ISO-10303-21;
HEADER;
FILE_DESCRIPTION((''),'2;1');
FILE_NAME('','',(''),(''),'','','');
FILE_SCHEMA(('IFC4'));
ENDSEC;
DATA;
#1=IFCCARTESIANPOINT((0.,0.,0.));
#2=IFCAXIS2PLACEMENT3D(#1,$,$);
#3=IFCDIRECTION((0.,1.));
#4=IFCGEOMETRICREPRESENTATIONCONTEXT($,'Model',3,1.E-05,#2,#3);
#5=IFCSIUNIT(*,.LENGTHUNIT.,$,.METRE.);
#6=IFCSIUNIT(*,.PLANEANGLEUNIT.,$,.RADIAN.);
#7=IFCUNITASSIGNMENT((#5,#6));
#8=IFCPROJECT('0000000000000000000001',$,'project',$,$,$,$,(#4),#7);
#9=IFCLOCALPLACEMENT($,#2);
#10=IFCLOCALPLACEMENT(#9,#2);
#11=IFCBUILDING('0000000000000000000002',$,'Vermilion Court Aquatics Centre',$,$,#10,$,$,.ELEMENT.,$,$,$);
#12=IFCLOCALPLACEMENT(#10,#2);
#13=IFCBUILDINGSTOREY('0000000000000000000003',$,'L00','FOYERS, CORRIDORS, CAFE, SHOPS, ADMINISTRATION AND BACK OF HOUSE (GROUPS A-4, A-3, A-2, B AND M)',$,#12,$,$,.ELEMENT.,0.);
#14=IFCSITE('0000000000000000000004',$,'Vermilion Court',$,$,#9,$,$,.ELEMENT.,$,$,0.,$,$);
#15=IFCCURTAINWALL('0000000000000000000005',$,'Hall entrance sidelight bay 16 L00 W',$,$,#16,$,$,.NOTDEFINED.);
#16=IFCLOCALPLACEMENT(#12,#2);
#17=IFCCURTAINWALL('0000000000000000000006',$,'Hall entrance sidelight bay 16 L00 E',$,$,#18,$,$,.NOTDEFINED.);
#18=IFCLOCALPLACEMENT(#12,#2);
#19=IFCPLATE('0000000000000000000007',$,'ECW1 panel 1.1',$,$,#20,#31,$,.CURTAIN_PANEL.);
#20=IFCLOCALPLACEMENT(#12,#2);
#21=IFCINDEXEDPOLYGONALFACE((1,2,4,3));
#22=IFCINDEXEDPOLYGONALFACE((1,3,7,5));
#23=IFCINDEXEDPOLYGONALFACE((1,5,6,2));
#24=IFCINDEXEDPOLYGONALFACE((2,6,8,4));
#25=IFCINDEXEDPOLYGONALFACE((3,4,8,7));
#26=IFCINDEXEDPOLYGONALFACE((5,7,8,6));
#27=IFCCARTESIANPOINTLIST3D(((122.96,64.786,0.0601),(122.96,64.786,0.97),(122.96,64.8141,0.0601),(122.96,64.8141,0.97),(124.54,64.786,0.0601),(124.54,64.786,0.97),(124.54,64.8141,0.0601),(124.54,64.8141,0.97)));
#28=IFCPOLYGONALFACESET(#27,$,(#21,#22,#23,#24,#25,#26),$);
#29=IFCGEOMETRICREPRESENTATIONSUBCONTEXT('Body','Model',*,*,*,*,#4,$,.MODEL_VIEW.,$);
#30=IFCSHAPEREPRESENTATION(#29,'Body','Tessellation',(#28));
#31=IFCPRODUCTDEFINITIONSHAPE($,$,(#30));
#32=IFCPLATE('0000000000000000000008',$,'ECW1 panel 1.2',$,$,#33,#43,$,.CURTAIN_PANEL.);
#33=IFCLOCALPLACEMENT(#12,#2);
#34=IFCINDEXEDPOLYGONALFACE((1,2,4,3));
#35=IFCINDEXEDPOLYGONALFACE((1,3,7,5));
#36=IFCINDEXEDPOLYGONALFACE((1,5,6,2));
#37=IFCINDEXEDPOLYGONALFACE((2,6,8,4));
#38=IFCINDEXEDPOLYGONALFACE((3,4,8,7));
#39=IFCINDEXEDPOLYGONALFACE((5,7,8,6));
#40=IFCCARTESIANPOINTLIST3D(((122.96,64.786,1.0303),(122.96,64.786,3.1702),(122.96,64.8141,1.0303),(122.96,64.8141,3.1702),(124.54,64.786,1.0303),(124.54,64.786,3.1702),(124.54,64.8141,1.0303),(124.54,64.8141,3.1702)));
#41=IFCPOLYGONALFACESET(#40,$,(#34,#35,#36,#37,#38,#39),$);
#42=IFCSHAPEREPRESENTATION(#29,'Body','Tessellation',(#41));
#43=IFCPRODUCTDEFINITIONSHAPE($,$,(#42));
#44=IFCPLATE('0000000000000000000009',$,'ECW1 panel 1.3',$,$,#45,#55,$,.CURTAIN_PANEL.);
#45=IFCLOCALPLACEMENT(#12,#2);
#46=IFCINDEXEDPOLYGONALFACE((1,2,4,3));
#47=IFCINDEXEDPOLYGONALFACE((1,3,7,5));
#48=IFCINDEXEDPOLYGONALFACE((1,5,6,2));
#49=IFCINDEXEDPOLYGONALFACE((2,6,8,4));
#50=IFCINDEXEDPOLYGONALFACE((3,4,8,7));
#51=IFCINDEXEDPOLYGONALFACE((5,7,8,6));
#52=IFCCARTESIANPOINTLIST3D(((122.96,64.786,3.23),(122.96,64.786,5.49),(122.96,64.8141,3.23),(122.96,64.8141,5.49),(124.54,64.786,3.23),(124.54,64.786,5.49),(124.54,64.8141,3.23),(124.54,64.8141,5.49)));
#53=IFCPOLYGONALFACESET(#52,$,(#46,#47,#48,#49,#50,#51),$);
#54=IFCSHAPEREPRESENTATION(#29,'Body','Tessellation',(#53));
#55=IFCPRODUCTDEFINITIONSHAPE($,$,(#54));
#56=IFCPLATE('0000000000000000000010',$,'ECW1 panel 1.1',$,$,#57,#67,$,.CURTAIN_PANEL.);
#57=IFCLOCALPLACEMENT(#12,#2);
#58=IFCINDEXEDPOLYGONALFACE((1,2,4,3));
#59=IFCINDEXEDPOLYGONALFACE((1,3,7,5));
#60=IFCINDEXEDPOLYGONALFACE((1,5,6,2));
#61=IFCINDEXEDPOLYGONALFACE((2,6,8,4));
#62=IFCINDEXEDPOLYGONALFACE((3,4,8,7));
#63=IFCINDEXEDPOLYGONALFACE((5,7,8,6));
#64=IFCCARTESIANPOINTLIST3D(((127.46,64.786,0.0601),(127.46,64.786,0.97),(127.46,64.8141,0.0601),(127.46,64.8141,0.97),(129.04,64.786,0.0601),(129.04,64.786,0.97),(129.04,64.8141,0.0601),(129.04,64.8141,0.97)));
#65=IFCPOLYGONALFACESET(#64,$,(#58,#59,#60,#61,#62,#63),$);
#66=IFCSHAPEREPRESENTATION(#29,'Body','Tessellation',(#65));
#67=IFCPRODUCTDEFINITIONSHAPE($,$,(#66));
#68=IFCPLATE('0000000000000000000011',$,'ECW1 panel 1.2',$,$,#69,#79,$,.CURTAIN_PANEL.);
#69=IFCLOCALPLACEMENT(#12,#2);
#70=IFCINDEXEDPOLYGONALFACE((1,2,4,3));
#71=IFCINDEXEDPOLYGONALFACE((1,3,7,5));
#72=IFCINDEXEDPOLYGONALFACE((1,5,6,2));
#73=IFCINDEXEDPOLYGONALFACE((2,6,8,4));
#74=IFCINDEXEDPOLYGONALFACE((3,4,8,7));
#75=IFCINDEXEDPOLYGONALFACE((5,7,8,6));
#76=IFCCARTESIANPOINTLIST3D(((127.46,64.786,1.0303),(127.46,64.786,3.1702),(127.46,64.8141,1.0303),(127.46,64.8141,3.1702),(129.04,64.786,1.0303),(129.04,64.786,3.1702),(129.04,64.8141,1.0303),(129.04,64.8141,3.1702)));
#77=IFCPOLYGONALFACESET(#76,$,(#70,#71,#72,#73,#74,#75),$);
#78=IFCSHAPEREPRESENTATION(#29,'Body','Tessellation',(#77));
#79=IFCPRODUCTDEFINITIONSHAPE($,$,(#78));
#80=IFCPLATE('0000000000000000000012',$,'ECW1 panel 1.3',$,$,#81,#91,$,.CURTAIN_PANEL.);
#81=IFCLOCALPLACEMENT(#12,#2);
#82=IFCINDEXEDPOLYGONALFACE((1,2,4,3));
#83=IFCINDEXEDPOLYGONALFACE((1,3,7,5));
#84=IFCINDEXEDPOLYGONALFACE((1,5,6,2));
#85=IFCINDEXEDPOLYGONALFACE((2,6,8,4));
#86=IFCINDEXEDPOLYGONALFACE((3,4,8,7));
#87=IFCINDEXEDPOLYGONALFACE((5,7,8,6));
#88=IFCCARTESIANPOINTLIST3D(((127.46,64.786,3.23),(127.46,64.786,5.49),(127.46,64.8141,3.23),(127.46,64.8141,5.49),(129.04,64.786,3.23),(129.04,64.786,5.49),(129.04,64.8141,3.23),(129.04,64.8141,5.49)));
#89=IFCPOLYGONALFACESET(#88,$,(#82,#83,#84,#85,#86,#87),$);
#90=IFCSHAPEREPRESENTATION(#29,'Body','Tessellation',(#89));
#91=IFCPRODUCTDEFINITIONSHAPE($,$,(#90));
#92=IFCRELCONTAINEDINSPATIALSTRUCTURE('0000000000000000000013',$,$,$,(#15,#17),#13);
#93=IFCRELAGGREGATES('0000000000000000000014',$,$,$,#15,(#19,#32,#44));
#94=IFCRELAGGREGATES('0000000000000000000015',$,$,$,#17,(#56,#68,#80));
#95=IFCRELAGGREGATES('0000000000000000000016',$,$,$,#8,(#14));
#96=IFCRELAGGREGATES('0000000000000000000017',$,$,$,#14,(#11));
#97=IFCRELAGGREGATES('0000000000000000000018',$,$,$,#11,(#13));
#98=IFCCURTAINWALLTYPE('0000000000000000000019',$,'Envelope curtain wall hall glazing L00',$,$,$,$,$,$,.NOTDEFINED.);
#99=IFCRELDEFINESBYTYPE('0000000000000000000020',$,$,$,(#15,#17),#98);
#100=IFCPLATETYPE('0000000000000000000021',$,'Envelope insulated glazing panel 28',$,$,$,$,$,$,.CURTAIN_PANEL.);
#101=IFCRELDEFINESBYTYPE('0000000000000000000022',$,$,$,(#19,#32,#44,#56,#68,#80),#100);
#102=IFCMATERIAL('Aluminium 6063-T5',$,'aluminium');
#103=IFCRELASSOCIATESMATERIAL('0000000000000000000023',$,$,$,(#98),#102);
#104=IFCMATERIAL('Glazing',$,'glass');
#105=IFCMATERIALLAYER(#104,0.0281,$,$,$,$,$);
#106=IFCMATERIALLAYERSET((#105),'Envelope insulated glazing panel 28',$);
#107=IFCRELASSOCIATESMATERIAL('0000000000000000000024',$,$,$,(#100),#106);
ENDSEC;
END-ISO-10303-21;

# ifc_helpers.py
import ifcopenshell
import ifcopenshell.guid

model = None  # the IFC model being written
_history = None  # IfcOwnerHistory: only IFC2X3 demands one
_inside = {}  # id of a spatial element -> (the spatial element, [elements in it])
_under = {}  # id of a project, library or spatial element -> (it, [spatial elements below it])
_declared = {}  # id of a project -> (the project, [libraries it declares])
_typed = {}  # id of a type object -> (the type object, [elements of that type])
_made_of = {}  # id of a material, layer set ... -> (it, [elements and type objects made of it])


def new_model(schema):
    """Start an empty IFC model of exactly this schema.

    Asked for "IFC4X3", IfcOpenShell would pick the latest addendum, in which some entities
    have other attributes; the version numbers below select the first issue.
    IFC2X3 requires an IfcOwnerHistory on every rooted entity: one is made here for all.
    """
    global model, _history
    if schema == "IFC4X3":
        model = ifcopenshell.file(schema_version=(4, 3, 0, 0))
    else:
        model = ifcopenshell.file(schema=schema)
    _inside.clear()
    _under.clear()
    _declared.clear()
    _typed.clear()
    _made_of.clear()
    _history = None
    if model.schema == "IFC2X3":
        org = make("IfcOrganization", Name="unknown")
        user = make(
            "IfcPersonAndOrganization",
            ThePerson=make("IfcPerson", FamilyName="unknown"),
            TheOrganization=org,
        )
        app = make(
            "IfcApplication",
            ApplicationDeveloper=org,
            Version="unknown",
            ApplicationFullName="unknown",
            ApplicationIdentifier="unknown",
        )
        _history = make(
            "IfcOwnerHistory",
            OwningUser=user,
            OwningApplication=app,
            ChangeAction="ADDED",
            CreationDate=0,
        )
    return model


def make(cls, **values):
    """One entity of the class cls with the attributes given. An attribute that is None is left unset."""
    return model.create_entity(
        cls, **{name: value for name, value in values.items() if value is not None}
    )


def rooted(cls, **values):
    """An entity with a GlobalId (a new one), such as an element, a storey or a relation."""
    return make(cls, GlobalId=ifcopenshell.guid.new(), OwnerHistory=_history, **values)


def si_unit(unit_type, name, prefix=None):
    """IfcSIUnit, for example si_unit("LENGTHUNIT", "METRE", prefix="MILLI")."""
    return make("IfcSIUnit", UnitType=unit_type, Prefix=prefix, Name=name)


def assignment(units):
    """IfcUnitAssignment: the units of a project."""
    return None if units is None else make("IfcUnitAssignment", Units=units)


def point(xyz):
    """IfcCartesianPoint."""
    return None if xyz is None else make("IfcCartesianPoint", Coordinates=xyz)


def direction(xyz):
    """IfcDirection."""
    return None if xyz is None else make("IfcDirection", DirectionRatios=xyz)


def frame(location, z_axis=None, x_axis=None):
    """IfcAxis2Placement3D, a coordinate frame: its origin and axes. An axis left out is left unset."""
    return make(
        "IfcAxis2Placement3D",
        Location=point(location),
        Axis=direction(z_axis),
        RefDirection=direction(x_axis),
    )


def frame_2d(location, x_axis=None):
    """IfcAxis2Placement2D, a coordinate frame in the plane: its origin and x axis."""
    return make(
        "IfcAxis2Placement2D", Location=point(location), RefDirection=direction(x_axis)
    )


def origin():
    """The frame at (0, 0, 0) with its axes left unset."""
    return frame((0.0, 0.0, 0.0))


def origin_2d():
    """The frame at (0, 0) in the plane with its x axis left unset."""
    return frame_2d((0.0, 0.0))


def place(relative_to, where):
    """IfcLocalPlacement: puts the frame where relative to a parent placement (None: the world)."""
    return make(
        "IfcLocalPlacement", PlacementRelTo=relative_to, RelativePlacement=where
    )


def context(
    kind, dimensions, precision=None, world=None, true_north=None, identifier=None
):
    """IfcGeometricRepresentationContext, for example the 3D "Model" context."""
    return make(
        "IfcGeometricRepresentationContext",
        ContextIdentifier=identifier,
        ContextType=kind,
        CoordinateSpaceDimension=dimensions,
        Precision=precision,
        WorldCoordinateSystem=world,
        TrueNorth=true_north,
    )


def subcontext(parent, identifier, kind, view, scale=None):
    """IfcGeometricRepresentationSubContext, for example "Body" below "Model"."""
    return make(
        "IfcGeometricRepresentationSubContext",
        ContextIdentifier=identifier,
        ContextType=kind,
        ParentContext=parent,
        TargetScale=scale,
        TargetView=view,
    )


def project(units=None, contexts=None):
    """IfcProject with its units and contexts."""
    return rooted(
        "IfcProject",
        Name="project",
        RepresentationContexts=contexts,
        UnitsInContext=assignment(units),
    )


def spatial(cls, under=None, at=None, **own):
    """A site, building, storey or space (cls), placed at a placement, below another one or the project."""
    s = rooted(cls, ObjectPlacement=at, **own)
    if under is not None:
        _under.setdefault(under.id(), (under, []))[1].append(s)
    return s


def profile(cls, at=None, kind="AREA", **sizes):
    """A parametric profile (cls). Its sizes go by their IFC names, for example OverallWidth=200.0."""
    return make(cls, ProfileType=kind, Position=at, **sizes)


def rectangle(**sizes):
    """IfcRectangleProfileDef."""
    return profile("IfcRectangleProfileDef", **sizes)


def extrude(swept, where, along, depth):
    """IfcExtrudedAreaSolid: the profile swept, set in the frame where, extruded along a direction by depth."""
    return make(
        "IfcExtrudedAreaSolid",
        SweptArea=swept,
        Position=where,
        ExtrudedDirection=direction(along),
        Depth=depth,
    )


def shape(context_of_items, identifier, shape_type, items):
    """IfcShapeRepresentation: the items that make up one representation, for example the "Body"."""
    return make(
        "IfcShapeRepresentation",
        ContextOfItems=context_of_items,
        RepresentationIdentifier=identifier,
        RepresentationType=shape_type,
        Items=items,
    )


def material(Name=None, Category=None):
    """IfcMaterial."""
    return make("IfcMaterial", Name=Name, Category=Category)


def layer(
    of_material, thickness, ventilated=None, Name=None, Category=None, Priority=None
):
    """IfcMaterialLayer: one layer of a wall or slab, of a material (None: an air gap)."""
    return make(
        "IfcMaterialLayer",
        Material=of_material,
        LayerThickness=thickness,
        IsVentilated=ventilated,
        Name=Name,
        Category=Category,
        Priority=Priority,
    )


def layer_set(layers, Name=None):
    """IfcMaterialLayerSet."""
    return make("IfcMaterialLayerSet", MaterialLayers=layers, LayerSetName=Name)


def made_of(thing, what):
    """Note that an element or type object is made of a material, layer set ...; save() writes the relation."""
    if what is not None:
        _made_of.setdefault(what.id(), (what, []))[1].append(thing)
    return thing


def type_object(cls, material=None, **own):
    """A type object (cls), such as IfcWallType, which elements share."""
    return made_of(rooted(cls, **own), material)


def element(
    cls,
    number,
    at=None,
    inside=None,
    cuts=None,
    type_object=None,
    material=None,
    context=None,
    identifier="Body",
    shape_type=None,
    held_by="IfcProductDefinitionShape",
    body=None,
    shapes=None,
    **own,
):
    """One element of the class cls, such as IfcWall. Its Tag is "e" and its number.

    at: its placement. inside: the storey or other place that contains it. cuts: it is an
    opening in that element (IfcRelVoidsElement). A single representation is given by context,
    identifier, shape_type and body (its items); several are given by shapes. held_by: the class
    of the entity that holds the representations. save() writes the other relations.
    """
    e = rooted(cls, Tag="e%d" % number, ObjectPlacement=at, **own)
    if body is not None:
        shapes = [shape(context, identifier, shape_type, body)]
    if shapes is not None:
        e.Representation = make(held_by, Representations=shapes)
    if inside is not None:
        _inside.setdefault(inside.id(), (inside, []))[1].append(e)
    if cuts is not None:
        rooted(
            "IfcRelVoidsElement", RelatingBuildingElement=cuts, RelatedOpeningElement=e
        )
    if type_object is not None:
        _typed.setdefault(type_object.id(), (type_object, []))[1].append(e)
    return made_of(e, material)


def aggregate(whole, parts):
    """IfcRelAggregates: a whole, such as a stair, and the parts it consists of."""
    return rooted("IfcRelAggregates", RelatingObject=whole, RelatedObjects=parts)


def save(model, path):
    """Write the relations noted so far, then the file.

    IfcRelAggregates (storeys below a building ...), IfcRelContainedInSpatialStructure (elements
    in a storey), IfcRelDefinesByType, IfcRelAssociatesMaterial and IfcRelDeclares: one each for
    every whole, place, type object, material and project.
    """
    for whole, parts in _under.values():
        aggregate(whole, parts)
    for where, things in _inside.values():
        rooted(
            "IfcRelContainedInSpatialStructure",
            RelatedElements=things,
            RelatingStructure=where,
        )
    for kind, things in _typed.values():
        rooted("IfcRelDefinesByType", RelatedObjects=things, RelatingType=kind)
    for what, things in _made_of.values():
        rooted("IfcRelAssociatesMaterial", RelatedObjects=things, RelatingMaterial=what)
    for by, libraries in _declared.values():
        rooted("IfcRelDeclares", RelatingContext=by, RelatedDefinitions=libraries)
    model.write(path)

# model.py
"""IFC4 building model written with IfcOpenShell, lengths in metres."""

from ifc_helpers import new_model, si_unit, direction, frame, origin, origin_2d, place, context, subcontext, project, spatial, rectangle, extrude, material, layer, layer_set, type_object, element, aggregate, save


model = new_model("IFC4")

# Units and contexts
model_context = context("Model", 3, precision=1e-05, world=origin(), true_north=direction((0.0, 1.0)))
body_context = subcontext(model_context, "Body", "Model", "MODEL_VIEW")
ifc_project = project(units=[si_unit("LENGTHUNIT", "METRE"), si_unit("PLANEANGLEUNIT", "RADIAN")], contexts=[model_context])

# Site, building, storey
site_placement = place(None, origin())
site = spatial("IfcSite", under=ifc_project, at=site_placement, Name="Vermilion Court", CompositionType="ELEMENT", RefElevation=0.0)
building_placement = place(site_placement, origin())
building = spatial("IfcBuilding", under=site, at=building_placement, Name="Vermilion Court Aquatics Centre", CompositionType="ELEMENT")
storey_placement = place(building_placement, origin())
storey = spatial("IfcBuildingStorey", under=building, at=storey_placement, Name="L00", Description="FOYERS, CORRIDORS, CAFE, SHOPS, ADMINISTRATION AND BACK OF HOUSE (GROUPS A-4, A-3, A-2, B AND M)", CompositionType="ELEMENT", Elevation=0.0)

# Curtain walls
ifc_material_1 = material(Name="Aluminium 6063-T5", Category="aluminium")
curtain_wall_type = type_object("IfcCurtainWallType", Name="Envelope curtain wall hall glazing L00", PredefinedType="NOTDEFINED", material=ifc_material_1)
curtain_wall_1_placement = place(storey_placement, origin())
curtain_wall_1 = element("IfcCurtainWall", 1, at=curtain_wall_1_placement, inside=storey, type_object=curtain_wall_type, Name="Hall entrance sidelight bay 16 L00 W", PredefinedType="NOTDEFINED")
curtain_wall_2_placement = place(storey_placement, origin())
curtain_wall_2 = element("IfcCurtainWall", 2, at=curtain_wall_2_placement, inside=storey, type_object=curtain_wall_type, Name="Hall entrance sidelight bay 16 L00 E", PredefinedType="NOTDEFINED")

# Plates
ifc_material_2 = material(Name="Glazing", Category="glass")
ifc_layer_1 = layer(ifc_material_2, 0.0281)
ifc_layer_set_1 = layer_set([ifc_layer_1], Name="Envelope insulated glazing panel 28")
plate_type = type_object("IfcPlateType", Name="Envelope insulated glazing panel 28", PredefinedType="CURTAIN_PANEL", material=ifc_layer_set_1)
plate_1_placement = place(storey_placement, frame((123.75, 64.8, 0.0601), z_axis=(0.0, 0.0, 1.0), x_axis=(1.0, 0.0, 0.0)))
plate_1 = element("IfcPlate", 3, at=plate_1_placement, type_object=plate_type, Name="ECW1 panel 1.1", PredefinedType="CURTAIN_PANEL", context=body_context, shape_type="SweptSolid", body=[
    extrude(rectangle(XDim=1.5801, YDim=0.0281, at=origin_2d()), origin(), (0.0, 0.0, 1.0), 0.9099),
])
plate_2_placement = place(storey_placement, frame((123.75, 64.8, 1.0303), z_axis=(0.0, 0.0, 1.0), x_axis=(1.0, 0.0, 0.0)))
plate_2 = element("IfcPlate", 4, at=plate_2_placement, type_object=plate_type, Name="ECW1 panel 1.2", PredefinedType="CURTAIN_PANEL", context=body_context, shape_type="SweptSolid", body=[
    extrude(rectangle(XDim=1.5801, YDim=0.0281, at=origin_2d()), origin(), (0.0, 0.0, 1.0), 2.1399),
])
plate_3_placement = place(storey_placement, frame((123.75, 64.8, 3.23), z_axis=(0.0, 0.0, 1.0), x_axis=(1.0, 0.0, 0.0)))
plate_3 = element("IfcPlate", 5, at=plate_3_placement, type_object=plate_type, Name="ECW1 panel 1.3", PredefinedType="CURTAIN_PANEL", context=body_context, shape_type="SweptSolid", body=[
    extrude(rectangle(XDim=1.5801, YDim=0.0281, at=origin_2d()), origin(), (0.0, 0.0, 1.0), 2.26),
])
aggregate(curtain_wall_1, [plate_1, plate_2, plate_3])
plate_4_placement = place(storey_placement, frame((128.25, 64.8, 0.0601), z_axis=(0.0, 0.0, 1.0), x_axis=(1.0, 0.0, 0.0)))
plate_4 = element("IfcPlate", 6, at=plate_4_placement, type_object=plate_type, Name="ECW1 panel 1.1", PredefinedType="CURTAIN_PANEL", context=body_context, shape_type="SweptSolid", body=[
    extrude(rectangle(XDim=1.5801, YDim=0.0281, at=origin_2d()), origin(), (0.0, 0.0, 1.0), 0.9099),
])
plate_5_placement = place(storey_placement, frame((128.25, 64.8, 1.0303), z_axis=(0.0, 0.0, 1.0), x_axis=(1.0, 0.0, 0.0)))
plate_5 = element("IfcPlate", 7, at=plate_5_placement, type_object=plate_type, Name="ECW1 panel 1.2", PredefinedType="CURTAIN_PANEL", context=body_context, shape_type="SweptSolid", body=[
    extrude(rectangle(XDim=1.5801, YDim=0.0281, at=origin_2d()), origin(), (0.0, 0.0, 1.0), 2.1399),
])
plate_6_placement = place(storey_placement, frame((128.25, 64.8, 3.23), z_axis=(0.0, 0.0, 1.0), x_axis=(1.0, 0.0, 0.0)))
plate_6 = element("IfcPlate", 8, at=plate_6_placement, type_object=plate_type, Name="ECW1 panel 1.3", PredefinedType="CURTAIN_PANEL", context=body_context, shape_type="SweptSolid", body=[
    extrude(rectangle(XDim=1.5801, YDim=0.0281, at=origin_2d()), origin(), (0.0, 0.0, 1.0), 2.26),
])
aggregate(curtain_wall_2, [plate_4, plate_5, plate_6])

save(model, "model.ifc")
